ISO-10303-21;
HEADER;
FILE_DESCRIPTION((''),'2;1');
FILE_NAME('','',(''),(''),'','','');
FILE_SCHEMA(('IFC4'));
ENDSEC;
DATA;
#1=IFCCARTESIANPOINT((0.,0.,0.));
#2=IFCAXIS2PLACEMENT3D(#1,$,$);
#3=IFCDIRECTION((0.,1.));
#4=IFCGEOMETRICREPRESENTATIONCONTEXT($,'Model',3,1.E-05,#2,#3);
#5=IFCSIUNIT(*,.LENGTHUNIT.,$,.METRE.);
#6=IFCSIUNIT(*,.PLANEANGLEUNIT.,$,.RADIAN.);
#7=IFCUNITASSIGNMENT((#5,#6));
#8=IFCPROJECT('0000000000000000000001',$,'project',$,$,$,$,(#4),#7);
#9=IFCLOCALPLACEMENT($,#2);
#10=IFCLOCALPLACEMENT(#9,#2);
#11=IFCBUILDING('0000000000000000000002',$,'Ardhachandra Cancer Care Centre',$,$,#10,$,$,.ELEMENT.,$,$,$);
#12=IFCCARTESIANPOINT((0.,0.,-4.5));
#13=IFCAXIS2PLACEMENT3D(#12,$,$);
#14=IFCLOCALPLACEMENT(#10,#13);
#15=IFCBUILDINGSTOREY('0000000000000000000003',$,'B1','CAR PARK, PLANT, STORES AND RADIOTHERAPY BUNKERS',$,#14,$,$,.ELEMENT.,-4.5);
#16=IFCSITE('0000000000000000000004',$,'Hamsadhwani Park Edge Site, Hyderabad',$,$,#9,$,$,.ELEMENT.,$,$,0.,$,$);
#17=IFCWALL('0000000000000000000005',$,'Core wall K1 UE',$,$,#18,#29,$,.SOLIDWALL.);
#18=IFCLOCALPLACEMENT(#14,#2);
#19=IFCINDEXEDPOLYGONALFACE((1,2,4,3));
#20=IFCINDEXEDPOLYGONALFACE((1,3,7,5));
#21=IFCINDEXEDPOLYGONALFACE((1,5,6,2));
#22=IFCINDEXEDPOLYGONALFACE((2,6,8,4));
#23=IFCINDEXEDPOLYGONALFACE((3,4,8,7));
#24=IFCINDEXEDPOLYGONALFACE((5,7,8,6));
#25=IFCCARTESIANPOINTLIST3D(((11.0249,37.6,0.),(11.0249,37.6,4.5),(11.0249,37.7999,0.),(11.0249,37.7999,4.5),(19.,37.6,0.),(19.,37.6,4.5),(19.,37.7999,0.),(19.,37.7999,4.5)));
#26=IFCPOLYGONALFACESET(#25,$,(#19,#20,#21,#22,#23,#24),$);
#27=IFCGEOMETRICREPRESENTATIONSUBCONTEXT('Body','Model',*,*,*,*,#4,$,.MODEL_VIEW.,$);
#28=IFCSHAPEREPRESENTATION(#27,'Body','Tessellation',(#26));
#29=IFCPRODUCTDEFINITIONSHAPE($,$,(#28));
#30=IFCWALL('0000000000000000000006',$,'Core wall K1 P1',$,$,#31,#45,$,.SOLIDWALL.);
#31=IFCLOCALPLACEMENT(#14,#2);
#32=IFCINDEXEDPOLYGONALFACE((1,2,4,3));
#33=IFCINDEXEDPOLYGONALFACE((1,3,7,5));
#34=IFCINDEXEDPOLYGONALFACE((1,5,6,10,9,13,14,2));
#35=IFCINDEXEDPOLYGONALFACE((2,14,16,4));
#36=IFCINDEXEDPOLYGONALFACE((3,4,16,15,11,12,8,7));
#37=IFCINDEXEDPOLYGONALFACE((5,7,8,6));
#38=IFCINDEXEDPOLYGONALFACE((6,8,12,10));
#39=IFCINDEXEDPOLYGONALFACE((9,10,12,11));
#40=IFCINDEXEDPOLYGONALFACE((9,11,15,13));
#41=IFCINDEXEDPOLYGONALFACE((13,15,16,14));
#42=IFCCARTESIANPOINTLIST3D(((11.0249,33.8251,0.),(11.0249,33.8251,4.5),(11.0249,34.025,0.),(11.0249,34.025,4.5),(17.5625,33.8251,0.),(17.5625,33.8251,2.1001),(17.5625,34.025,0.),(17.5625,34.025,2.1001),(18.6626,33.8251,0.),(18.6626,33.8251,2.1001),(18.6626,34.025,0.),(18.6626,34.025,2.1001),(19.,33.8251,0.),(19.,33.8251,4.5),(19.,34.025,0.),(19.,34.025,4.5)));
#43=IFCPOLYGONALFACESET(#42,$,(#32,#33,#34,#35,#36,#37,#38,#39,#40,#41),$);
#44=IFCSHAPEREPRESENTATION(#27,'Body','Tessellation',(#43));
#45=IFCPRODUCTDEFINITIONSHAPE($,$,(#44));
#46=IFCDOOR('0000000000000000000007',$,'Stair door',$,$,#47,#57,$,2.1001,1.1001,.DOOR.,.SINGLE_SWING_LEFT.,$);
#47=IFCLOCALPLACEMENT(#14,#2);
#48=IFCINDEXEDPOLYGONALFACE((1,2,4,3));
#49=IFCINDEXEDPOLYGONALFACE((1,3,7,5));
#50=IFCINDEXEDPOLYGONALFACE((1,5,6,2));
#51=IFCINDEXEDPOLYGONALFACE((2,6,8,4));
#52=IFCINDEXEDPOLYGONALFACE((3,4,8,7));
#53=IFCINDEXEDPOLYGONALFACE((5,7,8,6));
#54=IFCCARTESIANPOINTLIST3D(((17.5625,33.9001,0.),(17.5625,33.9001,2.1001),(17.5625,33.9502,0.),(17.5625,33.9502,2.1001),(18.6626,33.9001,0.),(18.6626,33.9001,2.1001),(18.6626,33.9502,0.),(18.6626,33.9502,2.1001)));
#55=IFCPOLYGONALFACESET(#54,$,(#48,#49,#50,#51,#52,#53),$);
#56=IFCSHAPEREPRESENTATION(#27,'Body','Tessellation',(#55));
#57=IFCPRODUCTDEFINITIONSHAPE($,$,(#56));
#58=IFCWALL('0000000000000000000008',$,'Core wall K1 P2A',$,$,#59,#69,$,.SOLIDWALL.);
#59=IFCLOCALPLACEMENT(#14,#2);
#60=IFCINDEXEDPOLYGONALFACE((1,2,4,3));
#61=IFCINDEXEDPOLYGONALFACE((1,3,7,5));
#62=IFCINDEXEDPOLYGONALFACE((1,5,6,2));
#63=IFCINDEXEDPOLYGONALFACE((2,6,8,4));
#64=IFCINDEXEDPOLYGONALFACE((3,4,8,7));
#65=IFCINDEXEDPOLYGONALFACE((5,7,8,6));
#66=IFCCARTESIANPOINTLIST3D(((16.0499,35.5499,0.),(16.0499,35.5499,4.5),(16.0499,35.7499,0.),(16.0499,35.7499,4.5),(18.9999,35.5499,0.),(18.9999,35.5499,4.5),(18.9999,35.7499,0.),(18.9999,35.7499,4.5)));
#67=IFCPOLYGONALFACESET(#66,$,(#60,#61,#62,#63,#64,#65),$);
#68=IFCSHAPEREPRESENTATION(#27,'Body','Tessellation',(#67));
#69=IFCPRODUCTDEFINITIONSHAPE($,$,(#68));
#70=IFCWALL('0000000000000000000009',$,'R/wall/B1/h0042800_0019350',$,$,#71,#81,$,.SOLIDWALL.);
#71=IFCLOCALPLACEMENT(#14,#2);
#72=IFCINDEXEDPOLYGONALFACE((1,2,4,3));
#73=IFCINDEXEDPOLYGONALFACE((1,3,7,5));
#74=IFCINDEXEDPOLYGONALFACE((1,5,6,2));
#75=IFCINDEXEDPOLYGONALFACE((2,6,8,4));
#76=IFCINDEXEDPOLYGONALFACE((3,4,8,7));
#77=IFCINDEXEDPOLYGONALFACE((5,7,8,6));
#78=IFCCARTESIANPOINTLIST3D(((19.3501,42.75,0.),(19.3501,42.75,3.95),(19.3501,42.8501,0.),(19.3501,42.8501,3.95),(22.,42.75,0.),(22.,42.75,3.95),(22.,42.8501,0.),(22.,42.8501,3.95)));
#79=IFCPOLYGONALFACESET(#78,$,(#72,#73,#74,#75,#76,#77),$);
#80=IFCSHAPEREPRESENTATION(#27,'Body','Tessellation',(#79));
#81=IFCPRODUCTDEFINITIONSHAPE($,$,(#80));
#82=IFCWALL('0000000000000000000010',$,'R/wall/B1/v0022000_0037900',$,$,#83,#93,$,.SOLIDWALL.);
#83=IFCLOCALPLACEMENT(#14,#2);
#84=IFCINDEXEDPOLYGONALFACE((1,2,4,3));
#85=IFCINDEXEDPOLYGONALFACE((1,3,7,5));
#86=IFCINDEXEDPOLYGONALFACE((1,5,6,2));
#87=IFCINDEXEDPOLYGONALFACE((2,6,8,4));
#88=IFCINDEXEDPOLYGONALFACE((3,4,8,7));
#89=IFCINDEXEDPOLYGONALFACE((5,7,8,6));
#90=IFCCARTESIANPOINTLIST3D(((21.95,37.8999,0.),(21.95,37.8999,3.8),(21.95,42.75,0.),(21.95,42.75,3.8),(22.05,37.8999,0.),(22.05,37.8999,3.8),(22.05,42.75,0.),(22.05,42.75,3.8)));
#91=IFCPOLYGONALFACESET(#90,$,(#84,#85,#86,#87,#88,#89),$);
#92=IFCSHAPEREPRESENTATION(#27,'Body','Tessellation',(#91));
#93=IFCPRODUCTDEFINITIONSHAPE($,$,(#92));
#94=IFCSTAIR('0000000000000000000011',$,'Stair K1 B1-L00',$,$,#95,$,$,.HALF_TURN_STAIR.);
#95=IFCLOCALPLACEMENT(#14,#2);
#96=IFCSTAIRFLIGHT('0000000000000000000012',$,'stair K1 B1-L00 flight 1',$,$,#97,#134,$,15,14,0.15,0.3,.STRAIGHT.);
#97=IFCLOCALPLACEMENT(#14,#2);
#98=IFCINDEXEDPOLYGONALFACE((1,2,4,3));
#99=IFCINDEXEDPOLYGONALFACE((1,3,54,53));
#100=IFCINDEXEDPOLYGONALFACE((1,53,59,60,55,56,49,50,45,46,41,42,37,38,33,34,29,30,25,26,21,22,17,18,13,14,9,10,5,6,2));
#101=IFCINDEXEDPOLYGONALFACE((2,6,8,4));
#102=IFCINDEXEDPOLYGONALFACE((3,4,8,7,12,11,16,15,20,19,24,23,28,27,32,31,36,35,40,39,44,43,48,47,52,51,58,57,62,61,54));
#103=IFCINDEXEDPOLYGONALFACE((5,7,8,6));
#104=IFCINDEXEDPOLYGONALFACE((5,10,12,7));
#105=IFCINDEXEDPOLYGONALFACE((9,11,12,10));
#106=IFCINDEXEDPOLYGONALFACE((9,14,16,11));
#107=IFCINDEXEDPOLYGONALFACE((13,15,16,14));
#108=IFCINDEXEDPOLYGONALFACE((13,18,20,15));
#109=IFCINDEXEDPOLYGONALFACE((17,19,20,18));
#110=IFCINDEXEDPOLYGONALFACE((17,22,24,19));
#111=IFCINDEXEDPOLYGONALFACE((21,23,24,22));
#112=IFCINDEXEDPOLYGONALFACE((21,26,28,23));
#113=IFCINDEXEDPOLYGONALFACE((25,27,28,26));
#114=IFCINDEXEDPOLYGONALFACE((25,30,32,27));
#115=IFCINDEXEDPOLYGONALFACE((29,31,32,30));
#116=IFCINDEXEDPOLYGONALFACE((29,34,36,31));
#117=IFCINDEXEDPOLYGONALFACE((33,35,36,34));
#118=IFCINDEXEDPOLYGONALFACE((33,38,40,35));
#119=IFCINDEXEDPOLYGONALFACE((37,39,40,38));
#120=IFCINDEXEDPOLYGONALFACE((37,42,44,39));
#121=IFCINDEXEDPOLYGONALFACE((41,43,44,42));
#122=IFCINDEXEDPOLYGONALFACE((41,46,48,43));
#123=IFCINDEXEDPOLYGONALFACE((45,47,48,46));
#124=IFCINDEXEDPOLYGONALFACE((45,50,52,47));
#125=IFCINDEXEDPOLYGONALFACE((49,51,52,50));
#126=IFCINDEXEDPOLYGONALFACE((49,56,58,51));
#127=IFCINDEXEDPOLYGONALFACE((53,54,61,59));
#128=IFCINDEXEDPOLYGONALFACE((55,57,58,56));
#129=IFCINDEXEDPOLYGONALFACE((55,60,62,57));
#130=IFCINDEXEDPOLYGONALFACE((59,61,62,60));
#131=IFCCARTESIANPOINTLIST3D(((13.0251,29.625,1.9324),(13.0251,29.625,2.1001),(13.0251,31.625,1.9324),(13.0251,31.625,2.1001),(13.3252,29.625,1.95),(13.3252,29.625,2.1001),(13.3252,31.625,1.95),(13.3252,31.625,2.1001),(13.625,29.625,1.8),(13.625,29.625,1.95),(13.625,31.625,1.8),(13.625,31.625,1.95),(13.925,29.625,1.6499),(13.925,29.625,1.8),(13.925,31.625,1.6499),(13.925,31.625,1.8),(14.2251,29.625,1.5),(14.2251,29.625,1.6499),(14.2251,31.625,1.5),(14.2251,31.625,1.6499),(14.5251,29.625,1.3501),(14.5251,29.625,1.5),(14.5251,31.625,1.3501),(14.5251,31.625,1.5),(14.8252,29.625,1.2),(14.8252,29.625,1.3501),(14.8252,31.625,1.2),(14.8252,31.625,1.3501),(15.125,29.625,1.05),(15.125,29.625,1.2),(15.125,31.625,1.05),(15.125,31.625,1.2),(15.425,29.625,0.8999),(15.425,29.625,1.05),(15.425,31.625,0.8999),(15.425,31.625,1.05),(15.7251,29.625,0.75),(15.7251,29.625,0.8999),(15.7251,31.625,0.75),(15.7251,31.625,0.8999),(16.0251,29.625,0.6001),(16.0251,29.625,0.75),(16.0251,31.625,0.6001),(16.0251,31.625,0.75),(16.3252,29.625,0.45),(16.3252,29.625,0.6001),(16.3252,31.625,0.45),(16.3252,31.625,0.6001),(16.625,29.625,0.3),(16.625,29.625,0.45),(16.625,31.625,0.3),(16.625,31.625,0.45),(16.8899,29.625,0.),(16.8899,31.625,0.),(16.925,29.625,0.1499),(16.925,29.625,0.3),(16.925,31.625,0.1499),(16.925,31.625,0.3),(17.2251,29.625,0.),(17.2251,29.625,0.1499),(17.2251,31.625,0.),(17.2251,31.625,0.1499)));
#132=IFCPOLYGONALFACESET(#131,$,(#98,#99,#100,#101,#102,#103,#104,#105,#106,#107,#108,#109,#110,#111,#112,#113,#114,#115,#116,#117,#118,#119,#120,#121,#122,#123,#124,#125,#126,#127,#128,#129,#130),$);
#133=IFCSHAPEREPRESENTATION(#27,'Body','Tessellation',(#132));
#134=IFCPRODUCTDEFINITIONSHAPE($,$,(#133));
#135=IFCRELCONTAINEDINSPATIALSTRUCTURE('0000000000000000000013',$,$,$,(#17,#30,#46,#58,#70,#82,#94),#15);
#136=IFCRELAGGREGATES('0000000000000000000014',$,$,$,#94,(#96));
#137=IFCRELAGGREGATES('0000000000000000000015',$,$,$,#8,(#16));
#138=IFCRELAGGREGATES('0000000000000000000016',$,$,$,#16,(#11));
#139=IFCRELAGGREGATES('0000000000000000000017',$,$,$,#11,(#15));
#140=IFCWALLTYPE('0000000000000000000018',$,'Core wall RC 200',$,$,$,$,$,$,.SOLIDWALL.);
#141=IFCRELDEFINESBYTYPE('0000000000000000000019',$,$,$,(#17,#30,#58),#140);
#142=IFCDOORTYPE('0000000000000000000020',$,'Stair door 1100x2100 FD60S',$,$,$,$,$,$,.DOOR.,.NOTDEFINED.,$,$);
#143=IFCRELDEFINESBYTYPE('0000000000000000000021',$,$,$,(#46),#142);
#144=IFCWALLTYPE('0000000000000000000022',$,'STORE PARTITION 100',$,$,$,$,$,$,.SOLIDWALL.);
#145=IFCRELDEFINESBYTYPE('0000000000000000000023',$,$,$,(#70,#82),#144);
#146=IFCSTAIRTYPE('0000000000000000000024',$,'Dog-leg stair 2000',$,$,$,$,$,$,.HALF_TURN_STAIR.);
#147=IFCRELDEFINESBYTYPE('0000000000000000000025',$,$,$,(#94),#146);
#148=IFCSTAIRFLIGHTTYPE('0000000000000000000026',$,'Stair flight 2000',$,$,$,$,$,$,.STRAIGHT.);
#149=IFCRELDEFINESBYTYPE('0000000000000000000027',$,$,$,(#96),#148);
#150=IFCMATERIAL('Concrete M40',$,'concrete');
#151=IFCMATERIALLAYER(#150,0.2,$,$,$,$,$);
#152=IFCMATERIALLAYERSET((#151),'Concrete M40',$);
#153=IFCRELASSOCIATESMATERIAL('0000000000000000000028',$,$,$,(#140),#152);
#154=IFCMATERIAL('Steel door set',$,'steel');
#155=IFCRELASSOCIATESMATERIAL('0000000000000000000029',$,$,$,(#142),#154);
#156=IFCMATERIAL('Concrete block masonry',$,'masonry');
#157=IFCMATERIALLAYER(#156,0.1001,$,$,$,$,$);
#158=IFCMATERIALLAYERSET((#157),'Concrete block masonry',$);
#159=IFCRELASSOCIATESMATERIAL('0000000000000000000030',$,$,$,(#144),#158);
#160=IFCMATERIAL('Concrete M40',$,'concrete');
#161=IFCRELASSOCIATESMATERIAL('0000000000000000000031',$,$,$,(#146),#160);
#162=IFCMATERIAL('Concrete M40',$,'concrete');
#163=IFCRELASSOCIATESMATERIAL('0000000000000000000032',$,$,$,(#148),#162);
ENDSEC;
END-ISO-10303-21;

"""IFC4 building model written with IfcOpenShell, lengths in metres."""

from ifc_helpers import new_model, si_unit, direction, frame, frame_2d, origin, place, context, subcontext, project, spatial, polyline, rectangle, outline, extrude, material, layer, layer_set, type_object, element, fill, aggregate, save


model = new_model("IFC4")

# Units and contexts
model_context = context("Model", 3, precision=1e-05, world=origin(), true_north=direction((0.0, 1.0)))
body_context = subcontext(model_context, "Body", "Model", "MODEL_VIEW")
ifc_project = project(units=[si_unit("LENGTHUNIT", "METRE"), si_unit("PLANEANGLEUNIT", "RADIAN")], contexts=[model_context])

# Site, building, storey
site_placement = place(None, origin())
site = spatial("IfcSite", under=ifc_project, at=site_placement, Name="Hamsadhwani Park Edge Site, Hyderabad", CompositionType="ELEMENT", RefElevation=0.0)
building_placement = place(site_placement, origin())
building = spatial("IfcBuilding", under=site, at=building_placement, Name="Ardhachandra Cancer Care Centre", CompositionType="ELEMENT")
storey_placement = place(building_placement, frame((0.0, 0.0, -4.5)))
storey = spatial("IfcBuildingStorey", under=building, at=storey_placement, Name="B1", Description="CAR PARK, PLANT, STORES AND RADIOTHERAPY BUNKERS", CompositionType="ELEMENT", Elevation=-4.5)

# Shared definitions
ifc_material_1 = material(Name="Concrete M40", Category="concrete")
ifc_layer_1 = layer(ifc_material_1, 0.2)
ifc_layer_set_1 = layer_set([ifc_layer_1], Name="Concrete M40")
wall_type_1 = type_object("IfcWallType", Name="Core wall RC 200", PredefinedType="SOLIDWALL", material=ifc_layer_set_1)

# Wall
wall_1_placement = place(storey_placement, frame((19.0, 37.7, 0.0), z_axis=(0.0, 0.0, 1.0), x_axis=(-1.0, 0.0, 0.0)))
element("IfcWall", 1, at=wall_1_placement, inside=storey, type_object=wall_type_1, Name="Core wall K1 UE", PredefinedType="SOLIDWALL", context=body_context, shape_type="SweptSolid", body=[
    extrude(rectangle(XDim=7.9751, YDim=0.2, at=frame_2d((3.9875, 0.0))), origin(), (0.0, 0.0, 1.0), 4.5),
])

# Wall, opening, door
wall_2_placement = place(storey_placement, frame((19.0, 33.925, 0.0), z_axis=(0.0, 0.0, 1.0), x_axis=(-1.0, 0.0, 0.0)))
wall_2 = element("IfcWall", 2, at=wall_2_placement, inside=storey, type_object=wall_type_1, Name="Core wall K1 P1", PredefinedType="SOLIDWALL", context=body_context, shape_type="SweptSolid", body=[
    extrude(rectangle(XDim=7.9751, YDim=0.2, at=frame_2d((3.9875, 0.0))), origin(), (0.0, 0.0, 1.0), 4.5),
])
opening_1_placement = place(wall_2_placement, frame((0.3374, 0.0, 0.0)))
opening_1 = element("IfcOpeningElement", 3, at=opening_1_placement, cuts=wall_2, PredefinedType="OPENING", context=body_context, shape_type="SweptSolid", body=[
    extrude(rectangle(XDim=1.1001, YDim=2.1001, at=frame_2d((0.55, 1.05))), frame((0.0, 0.1099, 0.0), z_axis=(0.0, -1.0, 0.0), x_axis=(1.0, 0.0, 0.0)), (0.0, 0.0, 1.0), 0.22),
])
ifc_material_2 = material(Name="Steel door set", Category="steel")
door_type_1 = type_object("IfcDoorType", Name="Stair door 1100x2100 FD60S", OperationType="NOTDEFINED", PredefinedType="DOOR", material=ifc_material_2)
door_1_placement = place(opening_1_placement, origin())
door_1 = element("IfcDoor", 4, at=door_1_placement, inside=storey, type_object=door_type_1, Name="Stair door", OperationType="SINGLE_SWING_LEFT", OverallHeight=2.1001, OverallWidth=1.1001, PredefinedType="DOOR", context=body_context, shape_type="SweptSolid", body=[
    extrude(rectangle(XDim=1.1001, YDim=2.1001, at=frame_2d((0.55, 1.05))), frame((0.0, 0.0249, 0.0), z_axis=(0.0, -1.0, 0.0), x_axis=(1.0, 0.0, 0.0)), (0.0, 0.0, 1.0), 0.05),
])
fill(opening_1, door_1)

# Walls
wall_3_placement = place(storey_placement, frame((19.0, 35.6499, 0.0), z_axis=(0.0, 0.0, 1.0), x_axis=(-1.0, 0.0, 0.0)))
element("IfcWall", 5, at=wall_3_placement, inside=storey, type_object=wall_type_1, Name="Core wall K1 P2A", PredefinedType="SOLIDWALL", context=body_context, shape_type="SweptSolid", body=[
    extrude(rectangle(XDim=2.95, YDim=0.2, at=frame_2d((1.4751, 0.0))), origin(), (0.0, 0.0, 1.0), 4.5),
])
ifc_material_3 = material(Name="Concrete block masonry", Category="masonry")
ifc_layer_2 = layer(ifc_material_3, 0.1001)
ifc_layer_set_2 = layer_set([ifc_layer_2], Name="Concrete block masonry")
wall_type_2 = type_object("IfcWallType", Name="STORE PARTITION 100", PredefinedType="SOLIDWALL", material=ifc_layer_set_2)
wall_4_placement = place(storey_placement, frame((19.3501, 42.8, 0.0), z_axis=(0.0, 0.0, 1.0), x_axis=(1.0, 0.0, 0.0)))
element("IfcWall", 6, at=wall_4_placement, inside=storey, type_object=wall_type_2, Name="R/wall/B1/h0042800_0019350", PredefinedType="SOLIDWALL", context=body_context, shape_type="SweptSolid", body=[
    extrude(rectangle(XDim=2.6499, YDim=0.1001, at=frame_2d((1.325, 0.0))), origin(), (0.0, 0.0, 1.0), 3.95),
])
wall_5_placement = place(storey_placement, frame((22.0, 37.8999, 0.0), z_axis=(0.0, 0.0, 1.0), x_axis=(0.0, 1.0, 0.0)))
element("IfcWall", 7, at=wall_5_placement, inside=storey, type_object=wall_type_2, Name="R/wall/B1/v0022000_0037900", PredefinedType="SOLIDWALL", context=body_context, shape_type="SweptSolid", body=[
    extrude(rectangle(XDim=4.8501, YDim=0.1001, at=frame_2d((2.425, 0.0))), origin(), (0.0, 0.0, 1.0), 3.8),
])

# Stair, stair flight
ifc_material_4 = material(Name="Concrete M40", Category="concrete")
stair_type = type_object("IfcStairType", Name="Dog-leg stair 2000", PredefinedType="HALF_TURN_STAIR", material=ifc_material_4)
stair_placement = place(storey_placement, origin())
stair = element("IfcStair", 8, at=stair_placement, inside=storey, type_object=stair_type, Name="Stair K1 B1-L00", PredefinedType="HALF_TURN_STAIR")
ifc_material_5 = material(Name="Concrete M40", Category="concrete")
stair_flight_type = type_object("IfcStairFlightType", Name="Stair flight 2000", PredefinedType="STRAIGHT", material=ifc_material_5)
stair_flight_placement = place(storey_placement, frame((17.2251, 30.625, 0.0), z_axis=(0.0, 0.0, 1.0), x_axis=(-1.0, 0.0, 0.0)))
stair_flight = element("IfcStairFlight", 9, at=stair_flight_placement, type_object=stair_flight_type, Name="stair K1 B1-L00 flight 1", NumberOfRisers=15, NumberOfTreads=14, PredefinedType="STRAIGHT", RiserHeight=0.15, TreadLength=0.3, context=body_context, shape_type="SweptSolid", body=[
    extrude(outline(polyline([(0.0, 0.0), (0.0, 0.1499), (0.3, 0.1499), (0.3, 0.3), (0.6001, 0.3), (0.6001, 0.45), (0.8999, 0.45), (0.8999, 0.6001), (1.2, 0.6001), (1.2, 0.75), (1.5, 0.75), (1.5, 0.8999), (1.8, 0.8999), (1.8, 1.05), (2.1001, 1.05), (2.1001, 1.2), (2.3999, 1.2), (2.3999, 1.3501), (2.7, 1.3501), (2.7, 1.5), (3.0, 1.5), (3.0, 1.6499), (3.3, 1.6499), (3.3, 1.8), (3.6001, 1.8), (3.6001, 1.95), (3.8999, 1.95), (3.8999, 2.1001), (4.2, 2.1001), (4.2, 2.25), (4.2, 1.9324), (0.3352, 0.0), (0.0, 0.0)])), frame((0.0, 1.0, 0.0), z_axis=(0.0, -1.0, 0.0), x_axis=(1.0, 0.0, 0.0)), (0.0, 0.0, 1.0), 2.0),
])
aggregate(stair, [stair_flight])

save(model, "model.ifc")
